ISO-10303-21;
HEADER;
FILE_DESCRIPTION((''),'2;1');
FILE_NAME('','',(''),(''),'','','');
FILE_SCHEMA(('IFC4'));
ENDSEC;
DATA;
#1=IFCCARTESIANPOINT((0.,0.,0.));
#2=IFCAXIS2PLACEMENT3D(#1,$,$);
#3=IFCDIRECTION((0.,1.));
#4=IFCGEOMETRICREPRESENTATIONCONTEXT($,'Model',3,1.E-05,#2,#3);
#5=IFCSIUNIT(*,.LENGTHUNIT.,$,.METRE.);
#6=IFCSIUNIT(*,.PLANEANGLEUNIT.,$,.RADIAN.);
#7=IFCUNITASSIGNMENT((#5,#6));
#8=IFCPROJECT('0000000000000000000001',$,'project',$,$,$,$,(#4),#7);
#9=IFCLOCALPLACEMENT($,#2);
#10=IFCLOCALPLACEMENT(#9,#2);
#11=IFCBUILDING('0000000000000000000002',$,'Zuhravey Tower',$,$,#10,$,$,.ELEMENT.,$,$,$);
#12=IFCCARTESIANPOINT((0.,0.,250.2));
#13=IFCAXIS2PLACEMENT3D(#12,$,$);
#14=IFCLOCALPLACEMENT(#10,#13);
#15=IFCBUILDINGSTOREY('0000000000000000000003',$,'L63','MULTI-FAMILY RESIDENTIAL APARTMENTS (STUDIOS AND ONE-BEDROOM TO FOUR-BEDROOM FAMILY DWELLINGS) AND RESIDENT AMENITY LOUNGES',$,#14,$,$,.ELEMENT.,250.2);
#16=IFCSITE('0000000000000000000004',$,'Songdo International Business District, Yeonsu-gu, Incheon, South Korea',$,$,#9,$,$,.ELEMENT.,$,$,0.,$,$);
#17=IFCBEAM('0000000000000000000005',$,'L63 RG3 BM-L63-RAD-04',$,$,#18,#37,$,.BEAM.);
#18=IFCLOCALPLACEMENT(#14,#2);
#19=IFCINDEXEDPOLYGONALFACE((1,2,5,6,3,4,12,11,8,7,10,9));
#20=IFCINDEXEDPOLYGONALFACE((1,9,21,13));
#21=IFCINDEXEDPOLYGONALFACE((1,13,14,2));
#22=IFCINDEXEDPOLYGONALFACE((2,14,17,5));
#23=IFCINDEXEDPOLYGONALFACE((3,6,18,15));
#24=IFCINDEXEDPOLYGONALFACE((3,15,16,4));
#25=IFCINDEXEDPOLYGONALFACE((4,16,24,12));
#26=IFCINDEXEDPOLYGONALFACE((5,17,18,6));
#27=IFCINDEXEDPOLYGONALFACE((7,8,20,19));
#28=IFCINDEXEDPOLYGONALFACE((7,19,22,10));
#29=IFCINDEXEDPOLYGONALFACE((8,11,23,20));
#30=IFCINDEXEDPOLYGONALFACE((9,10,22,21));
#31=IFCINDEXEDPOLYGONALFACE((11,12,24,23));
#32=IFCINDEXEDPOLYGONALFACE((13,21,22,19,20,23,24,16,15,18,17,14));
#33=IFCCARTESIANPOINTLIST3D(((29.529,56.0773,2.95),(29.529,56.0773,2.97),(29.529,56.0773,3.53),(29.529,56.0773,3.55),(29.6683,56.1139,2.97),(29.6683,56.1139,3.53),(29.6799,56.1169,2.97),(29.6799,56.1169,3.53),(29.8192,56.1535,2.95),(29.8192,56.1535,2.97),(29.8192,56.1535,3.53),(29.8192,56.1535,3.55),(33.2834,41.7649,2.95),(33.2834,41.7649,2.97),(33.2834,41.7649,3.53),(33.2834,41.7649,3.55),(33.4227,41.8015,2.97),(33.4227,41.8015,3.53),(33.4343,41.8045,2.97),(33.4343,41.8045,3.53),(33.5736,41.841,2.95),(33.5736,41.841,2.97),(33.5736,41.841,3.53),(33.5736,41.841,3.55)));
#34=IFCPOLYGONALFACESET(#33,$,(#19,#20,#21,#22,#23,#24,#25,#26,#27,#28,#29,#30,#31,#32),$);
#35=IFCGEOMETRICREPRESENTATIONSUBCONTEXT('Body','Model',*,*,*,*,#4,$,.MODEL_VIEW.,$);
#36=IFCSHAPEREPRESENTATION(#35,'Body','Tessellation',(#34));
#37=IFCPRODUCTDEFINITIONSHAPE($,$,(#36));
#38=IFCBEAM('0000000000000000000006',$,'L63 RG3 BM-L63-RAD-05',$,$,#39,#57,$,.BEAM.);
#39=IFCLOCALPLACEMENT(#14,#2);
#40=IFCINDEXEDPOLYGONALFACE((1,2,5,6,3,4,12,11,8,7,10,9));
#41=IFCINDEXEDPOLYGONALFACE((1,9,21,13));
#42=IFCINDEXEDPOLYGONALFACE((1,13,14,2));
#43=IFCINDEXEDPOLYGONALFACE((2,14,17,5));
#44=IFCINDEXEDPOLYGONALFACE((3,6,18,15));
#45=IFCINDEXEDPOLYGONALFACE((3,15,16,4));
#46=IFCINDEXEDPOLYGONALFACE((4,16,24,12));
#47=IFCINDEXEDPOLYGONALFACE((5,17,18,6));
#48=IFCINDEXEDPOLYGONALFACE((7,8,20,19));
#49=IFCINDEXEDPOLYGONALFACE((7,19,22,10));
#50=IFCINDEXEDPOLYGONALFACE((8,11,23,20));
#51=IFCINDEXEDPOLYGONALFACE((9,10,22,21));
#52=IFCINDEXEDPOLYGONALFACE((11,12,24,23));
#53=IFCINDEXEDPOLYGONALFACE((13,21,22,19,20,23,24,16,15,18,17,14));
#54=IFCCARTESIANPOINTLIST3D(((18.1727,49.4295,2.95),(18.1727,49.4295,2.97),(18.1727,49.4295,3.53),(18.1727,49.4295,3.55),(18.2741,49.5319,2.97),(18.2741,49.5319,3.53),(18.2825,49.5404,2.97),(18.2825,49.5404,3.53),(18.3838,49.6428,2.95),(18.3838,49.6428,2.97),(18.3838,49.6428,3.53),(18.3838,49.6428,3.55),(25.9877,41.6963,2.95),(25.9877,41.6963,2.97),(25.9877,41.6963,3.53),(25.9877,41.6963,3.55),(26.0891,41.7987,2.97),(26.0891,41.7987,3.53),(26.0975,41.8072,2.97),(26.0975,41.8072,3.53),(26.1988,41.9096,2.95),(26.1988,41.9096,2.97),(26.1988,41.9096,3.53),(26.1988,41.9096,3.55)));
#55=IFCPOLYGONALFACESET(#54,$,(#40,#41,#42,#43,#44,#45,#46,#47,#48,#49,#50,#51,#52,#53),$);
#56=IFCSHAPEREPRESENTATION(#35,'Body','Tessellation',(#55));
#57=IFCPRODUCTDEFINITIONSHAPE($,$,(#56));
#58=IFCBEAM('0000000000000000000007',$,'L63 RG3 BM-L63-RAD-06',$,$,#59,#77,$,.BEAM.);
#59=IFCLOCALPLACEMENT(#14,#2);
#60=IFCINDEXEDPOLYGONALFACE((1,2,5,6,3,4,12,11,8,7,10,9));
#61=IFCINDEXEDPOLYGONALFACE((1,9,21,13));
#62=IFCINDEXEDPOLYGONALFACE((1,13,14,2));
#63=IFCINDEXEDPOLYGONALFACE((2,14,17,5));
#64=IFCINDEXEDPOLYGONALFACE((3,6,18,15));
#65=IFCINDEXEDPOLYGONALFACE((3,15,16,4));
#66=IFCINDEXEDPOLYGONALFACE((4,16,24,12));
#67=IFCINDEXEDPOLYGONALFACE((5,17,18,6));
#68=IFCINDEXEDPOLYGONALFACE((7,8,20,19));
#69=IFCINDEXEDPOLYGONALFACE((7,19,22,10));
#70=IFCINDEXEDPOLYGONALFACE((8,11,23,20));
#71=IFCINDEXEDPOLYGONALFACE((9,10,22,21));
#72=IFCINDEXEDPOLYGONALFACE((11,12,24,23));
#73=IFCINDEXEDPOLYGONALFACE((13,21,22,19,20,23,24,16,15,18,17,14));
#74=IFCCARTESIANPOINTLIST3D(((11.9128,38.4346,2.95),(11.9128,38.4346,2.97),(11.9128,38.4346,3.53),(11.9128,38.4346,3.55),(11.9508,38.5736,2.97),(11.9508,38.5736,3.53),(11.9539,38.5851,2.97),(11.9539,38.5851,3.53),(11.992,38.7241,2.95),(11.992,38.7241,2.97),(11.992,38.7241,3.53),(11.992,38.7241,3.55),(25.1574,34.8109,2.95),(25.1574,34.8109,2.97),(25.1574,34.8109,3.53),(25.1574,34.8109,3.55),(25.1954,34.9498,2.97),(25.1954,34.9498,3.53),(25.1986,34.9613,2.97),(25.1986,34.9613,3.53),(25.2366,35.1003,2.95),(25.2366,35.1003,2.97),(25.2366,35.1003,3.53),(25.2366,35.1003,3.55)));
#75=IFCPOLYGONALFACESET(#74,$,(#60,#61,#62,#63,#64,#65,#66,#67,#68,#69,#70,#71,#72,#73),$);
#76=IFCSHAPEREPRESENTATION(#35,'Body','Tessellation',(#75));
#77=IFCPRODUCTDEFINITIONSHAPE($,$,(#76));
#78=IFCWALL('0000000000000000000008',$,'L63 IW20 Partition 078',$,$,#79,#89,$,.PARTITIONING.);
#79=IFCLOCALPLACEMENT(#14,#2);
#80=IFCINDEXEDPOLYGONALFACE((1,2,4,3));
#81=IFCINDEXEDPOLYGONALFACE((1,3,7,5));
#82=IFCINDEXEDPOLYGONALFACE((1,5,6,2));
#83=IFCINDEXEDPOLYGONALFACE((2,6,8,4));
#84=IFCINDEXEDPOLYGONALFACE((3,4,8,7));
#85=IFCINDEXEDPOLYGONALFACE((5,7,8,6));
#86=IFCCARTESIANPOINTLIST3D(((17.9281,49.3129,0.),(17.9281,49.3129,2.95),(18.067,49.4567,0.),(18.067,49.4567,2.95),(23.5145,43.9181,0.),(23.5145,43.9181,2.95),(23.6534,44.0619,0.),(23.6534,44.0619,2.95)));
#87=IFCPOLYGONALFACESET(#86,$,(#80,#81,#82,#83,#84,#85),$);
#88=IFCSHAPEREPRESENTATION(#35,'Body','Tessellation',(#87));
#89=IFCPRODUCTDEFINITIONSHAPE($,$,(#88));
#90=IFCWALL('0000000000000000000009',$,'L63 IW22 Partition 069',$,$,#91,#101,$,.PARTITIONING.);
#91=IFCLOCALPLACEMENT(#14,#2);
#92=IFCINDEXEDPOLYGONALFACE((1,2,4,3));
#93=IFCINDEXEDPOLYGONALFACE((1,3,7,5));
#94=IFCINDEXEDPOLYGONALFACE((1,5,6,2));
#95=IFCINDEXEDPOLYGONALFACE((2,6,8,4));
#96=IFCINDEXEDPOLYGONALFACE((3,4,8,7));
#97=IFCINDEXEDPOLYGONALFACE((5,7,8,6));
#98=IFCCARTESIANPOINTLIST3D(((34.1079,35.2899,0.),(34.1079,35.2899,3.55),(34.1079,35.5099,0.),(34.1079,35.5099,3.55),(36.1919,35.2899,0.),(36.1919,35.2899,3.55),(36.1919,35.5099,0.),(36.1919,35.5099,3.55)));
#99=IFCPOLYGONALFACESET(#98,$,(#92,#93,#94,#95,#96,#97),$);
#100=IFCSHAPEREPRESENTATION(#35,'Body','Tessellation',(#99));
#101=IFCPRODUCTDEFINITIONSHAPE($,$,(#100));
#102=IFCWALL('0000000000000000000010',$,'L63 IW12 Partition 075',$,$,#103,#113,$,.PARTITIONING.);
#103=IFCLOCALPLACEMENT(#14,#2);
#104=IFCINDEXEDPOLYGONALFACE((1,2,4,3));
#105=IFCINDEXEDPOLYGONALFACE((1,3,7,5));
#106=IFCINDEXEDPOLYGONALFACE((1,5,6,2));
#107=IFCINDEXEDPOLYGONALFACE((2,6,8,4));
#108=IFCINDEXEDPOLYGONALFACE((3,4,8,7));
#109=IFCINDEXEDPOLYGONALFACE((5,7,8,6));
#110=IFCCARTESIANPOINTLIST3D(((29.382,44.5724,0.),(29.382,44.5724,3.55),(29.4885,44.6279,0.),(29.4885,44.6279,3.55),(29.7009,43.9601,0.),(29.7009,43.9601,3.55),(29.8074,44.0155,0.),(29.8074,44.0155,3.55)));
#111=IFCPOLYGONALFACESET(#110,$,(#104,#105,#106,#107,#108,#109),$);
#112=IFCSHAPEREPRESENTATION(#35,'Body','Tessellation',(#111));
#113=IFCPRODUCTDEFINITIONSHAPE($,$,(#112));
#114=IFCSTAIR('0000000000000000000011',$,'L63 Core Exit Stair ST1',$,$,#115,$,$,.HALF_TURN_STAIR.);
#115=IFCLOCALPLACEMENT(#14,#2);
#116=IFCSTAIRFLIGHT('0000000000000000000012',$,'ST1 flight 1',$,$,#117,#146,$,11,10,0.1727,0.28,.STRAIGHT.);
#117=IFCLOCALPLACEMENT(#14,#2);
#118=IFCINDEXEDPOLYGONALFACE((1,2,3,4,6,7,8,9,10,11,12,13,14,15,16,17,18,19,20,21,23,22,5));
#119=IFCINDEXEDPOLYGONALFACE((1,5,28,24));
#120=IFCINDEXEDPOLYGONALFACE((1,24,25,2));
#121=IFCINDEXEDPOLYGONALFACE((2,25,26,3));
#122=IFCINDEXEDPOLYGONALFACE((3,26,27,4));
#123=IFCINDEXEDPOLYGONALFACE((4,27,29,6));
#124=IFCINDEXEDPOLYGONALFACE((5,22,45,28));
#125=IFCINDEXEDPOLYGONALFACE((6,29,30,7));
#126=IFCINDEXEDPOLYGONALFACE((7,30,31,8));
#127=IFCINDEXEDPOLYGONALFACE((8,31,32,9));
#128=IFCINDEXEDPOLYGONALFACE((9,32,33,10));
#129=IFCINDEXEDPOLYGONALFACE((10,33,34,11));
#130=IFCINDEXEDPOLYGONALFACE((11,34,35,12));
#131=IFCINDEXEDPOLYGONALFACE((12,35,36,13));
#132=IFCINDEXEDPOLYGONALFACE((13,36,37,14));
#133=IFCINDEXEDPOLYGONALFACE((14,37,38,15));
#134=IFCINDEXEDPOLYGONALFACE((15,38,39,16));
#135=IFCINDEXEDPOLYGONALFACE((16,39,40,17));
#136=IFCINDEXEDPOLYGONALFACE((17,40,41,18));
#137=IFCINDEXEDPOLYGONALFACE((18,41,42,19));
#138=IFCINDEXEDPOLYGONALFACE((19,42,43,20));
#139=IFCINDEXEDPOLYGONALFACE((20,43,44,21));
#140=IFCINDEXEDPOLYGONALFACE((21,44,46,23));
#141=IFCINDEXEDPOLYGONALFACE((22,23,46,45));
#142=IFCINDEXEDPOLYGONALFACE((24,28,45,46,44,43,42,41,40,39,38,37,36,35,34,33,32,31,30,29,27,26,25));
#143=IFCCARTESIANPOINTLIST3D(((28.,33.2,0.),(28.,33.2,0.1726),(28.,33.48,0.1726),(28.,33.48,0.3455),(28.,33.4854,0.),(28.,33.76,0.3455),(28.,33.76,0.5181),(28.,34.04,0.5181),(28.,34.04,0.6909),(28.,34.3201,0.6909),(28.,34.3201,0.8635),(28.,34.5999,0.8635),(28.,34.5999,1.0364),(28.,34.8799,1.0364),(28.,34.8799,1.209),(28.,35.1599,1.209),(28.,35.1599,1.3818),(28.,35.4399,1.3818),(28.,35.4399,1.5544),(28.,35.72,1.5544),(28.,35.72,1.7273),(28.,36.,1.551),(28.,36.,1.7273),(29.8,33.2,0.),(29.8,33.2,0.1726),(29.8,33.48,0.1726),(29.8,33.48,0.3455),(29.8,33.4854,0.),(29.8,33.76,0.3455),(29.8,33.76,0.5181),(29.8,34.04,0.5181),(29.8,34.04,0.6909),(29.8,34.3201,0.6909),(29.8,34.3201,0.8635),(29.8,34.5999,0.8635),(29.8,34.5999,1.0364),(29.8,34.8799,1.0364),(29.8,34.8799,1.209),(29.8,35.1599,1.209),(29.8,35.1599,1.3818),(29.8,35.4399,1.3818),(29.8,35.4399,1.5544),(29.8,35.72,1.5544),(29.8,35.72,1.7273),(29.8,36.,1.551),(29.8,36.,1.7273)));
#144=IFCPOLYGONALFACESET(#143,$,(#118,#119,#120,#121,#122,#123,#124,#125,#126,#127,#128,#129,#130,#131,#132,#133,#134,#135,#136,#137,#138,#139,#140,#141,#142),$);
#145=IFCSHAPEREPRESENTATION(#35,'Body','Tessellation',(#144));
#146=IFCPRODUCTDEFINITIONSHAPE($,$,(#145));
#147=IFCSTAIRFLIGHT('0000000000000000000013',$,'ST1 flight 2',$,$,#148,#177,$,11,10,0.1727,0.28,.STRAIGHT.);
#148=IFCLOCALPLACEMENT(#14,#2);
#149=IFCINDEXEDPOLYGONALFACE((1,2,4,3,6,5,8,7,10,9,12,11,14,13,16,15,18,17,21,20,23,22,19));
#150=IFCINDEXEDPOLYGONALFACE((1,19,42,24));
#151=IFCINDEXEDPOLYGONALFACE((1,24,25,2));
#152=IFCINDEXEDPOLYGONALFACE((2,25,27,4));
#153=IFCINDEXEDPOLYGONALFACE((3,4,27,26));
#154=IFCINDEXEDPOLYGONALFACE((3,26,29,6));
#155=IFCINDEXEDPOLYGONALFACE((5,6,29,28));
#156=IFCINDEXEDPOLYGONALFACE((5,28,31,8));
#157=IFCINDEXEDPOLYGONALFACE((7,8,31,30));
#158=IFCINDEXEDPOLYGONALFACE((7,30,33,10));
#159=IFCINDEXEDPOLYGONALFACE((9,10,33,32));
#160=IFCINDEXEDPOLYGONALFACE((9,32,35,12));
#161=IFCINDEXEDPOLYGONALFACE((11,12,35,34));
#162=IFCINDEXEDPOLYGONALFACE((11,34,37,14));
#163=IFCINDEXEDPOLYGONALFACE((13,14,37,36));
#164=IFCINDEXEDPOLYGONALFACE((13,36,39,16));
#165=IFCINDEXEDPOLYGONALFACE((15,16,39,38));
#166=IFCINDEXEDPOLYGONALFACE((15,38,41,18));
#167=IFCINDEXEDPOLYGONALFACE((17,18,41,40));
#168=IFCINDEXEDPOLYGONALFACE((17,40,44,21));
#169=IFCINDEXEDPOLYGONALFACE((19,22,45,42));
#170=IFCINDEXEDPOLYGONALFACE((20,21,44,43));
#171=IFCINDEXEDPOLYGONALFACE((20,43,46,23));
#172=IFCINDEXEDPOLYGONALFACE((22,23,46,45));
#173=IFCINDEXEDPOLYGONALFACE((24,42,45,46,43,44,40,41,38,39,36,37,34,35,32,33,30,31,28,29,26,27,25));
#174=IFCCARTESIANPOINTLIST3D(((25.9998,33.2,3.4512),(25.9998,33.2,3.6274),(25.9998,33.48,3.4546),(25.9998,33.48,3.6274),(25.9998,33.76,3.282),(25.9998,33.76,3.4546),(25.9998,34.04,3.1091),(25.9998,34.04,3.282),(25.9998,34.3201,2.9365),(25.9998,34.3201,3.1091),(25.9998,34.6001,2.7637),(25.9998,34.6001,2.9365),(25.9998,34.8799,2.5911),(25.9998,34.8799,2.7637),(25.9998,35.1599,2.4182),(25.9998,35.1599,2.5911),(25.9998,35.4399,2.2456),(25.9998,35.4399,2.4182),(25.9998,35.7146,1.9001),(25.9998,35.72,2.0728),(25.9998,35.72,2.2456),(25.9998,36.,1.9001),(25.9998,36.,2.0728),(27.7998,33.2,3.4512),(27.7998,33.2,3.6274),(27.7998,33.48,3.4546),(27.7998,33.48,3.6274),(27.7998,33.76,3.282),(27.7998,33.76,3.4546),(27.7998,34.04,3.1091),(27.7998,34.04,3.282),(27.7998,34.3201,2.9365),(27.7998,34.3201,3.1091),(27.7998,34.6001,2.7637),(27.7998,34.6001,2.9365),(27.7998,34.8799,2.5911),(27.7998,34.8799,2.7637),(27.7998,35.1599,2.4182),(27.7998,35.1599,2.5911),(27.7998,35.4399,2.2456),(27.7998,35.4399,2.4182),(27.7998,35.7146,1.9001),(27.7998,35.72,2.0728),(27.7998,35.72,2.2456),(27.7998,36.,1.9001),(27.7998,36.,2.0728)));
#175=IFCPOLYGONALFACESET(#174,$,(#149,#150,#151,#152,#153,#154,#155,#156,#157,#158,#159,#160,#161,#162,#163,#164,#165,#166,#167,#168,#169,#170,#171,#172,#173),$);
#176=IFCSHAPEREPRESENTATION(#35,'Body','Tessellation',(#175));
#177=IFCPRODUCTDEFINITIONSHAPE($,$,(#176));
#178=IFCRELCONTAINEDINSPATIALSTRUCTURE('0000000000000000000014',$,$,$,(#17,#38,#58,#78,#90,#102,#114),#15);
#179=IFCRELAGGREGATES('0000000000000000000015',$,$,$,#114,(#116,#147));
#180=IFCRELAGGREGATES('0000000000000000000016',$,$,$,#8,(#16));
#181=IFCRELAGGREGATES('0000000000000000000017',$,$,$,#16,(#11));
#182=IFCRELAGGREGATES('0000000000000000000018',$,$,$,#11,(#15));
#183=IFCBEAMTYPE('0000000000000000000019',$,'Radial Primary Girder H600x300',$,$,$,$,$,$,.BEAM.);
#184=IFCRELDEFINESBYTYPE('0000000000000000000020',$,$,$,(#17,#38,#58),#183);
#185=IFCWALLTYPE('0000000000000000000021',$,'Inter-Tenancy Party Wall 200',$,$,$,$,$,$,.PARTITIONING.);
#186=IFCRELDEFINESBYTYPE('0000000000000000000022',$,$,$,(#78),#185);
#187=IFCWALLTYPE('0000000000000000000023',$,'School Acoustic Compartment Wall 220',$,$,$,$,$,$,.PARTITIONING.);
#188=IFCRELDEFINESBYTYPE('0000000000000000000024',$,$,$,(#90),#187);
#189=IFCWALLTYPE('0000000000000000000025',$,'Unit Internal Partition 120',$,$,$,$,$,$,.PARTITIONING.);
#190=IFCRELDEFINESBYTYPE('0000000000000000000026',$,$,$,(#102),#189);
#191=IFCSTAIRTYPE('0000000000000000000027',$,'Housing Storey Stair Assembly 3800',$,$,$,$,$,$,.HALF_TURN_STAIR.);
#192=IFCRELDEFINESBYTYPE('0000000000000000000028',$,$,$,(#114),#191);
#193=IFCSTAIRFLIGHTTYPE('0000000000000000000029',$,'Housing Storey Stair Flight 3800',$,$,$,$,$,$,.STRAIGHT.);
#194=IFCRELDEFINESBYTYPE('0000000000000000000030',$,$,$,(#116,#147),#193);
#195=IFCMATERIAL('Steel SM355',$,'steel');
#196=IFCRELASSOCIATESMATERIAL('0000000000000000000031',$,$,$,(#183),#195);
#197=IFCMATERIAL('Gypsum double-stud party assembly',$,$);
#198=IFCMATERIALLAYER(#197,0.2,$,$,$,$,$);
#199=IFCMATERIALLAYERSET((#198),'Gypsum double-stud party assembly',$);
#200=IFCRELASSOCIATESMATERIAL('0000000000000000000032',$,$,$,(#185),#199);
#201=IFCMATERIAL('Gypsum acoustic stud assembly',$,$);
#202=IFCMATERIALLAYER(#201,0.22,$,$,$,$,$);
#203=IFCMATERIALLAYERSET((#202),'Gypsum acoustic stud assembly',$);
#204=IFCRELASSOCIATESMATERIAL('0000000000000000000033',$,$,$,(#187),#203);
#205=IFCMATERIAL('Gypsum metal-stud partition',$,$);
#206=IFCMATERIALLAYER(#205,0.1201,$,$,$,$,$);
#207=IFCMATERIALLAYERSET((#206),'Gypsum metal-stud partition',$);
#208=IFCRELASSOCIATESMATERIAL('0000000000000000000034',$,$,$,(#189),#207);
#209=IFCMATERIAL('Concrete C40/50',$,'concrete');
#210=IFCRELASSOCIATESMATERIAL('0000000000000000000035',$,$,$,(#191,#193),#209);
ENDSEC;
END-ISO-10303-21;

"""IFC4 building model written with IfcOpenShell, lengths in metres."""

from ifc_helpers import new_model, si_unit, direction, frame, frame_2d, origin, origin_2d, place, context, subcontext, project, spatial, polyline, rectangle, i_section, outline, extrude, material, layer, layer_set, material_profile, profile_set, type_object, element, aggregate, save


model = new_model("IFC4")

# Units and contexts
model_context = context("Model", 3, precision=1e-05, world=origin(), true_north=direction((0.0, 1.0)))
body_context = subcontext(model_context, "Body", "Model", "MODEL_VIEW")
ifc_project = project(units=[si_unit("LENGTHUNIT", "METRE"), si_unit("PLANEANGLEUNIT", "RADIAN")], contexts=[model_context])

# Site, building, storey
site_placement = place(None, origin())
site = spatial("IfcSite", under=ifc_project, at=site_placement, Name="Songdo International Business District, Yeonsu-gu, Incheon, South Korea", CompositionType="ELEMENT", RefElevation=0.0)
building_placement = place(site_placement, origin())
building = spatial("IfcBuilding", under=site, at=building_placement, Name="Zuhravey Tower", CompositionType="ELEMENT")
storey_placement = place(building_placement, frame((0.0, 0.0, 250.2)))
storey = spatial("IfcBuildingStorey", under=building, at=storey_placement, Name="L63", Description="MULTI-FAMILY RESIDENTIAL APARTMENTS (STUDIOS AND ONE-BEDROOM TO FOUR-BEDROOM FAMILY DWELLINGS) AND RESIDENT AMENITY LOUNGES", CompositionType="ELEMENT", Elevation=250.2)

# Beams
ifc_material_1 = material(Name="Steel SM355", Category="steel")
ifc_material_profile = material_profile(ifc_material_1, i_section(OverallWidth=0.3, OverallDepth=0.6001, WebThickness=0.012, FlangeThickness=0.02, at=origin_2d()), Name="H-600x300x12x20")
ifc_profile_set = profile_set([ifc_material_profile], Name="Steel SM355")
beam_type = type_object("IfcBeamType", Name="Radial Primary Girder H600x300", PredefinedType="BEAM", material=ifc_profile_set)
beam_1_placement = place(storey_placement, frame((33.4285, 41.803, 3.25), z_axis=(-0.253731, 0.967275, 0.0), x_axis=(-0.967275, -0.253731, 0.0)))
element("IfcBeam", 1, at=beam_1_placement, inside=storey, type_object=beam_type, Name="L63 RG3 BM-L63-RAD-04", PredefinedType="BEAM", context=body_context, shape_type="SweptSolid", body=[
    extrude(i_section(OverallWidth=0.3, OverallDepth=0.6001, WebThickness=0.012, FlangeThickness=0.02, at=origin_2d()), origin(), (0.0, 0.0, 1.0), 14.7966),
])
beam_2_placement = place(storey_placement, frame((26.0933, 41.803, 3.25), z_axis=(-0.710817, 0.703377, 0.0), x_axis=(-0.703377, -0.710817, 0.0)))
element("IfcBeam", 2, at=beam_2_placement, inside=storey, type_object=beam_type, Name="L63 RG3 BM-L63-RAD-05", PredefinedType="BEAM", context=body_context, shape_type="SweptSolid", body=[
    extrude(i_section(OverallWidth=0.3, OverallDepth=0.6001, WebThickness=0.012, FlangeThickness=0.02, at=origin_2d()), origin(), (0.0, 0.0, 1.0), 10.9944),
])
beam_3_placement = place(storey_placement, frame((25.197, 34.9556, 3.25), z_axis=(-0.964549, 0.263904, 0.0), x_axis=(-0.263904, -0.964549, 0.0)))
element("IfcBeam", 3, at=beam_3_placement, inside=storey, type_object=beam_type, Name="L63 RG3 BM-L63-RAD-06", PredefinedType="BEAM", context=body_context, shape_type="SweptSolid", body=[
    extrude(i_section(OverallWidth=0.3, OverallDepth=0.6001, WebThickness=0.012, FlangeThickness=0.02, at=origin_2d()), origin(), (0.0, 0.0, 1.0), 13.7314),
])

# Walls
ifc_material_2 = material(Name="Gypsum double-stud party assembly")
ifc_layer_1 = layer(ifc_material_2, 0.2)
ifc_layer_set_1 = layer_set([ifc_layer_1], Name="Gypsum double-stud party assembly")
wall_type_1 = type_object("IfcWallType", Name="Inter-Tenancy Party Wall 200", PredefinedType="PARTITIONING", material=ifc_layer_set_1)
wall_1_placement = place(storey_placement, frame((23.584, 43.99, 0.0), z_axis=(0.0, 0.0, 1.0), x_axis=(-0.719338, 0.69466, 0.0)))
element("IfcWall", 4, at=wall_1_placement, inside=storey, type_object=wall_type_1, Name="L63 IW20 Partition 078", PredefinedType="PARTITIONING", context=body_context, shape_type="SweptSolid", body=[
    extrude(rectangle(XDim=7.7661, YDim=0.2, at=frame_2d((3.8831, 0.0))), origin(), (0.0, 0.0, 1.0), 2.95),
])
ifc_material_3 = material(Name="Gypsum acoustic stud assembly")
ifc_layer_2 = layer(ifc_material_3, 0.22)
ifc_layer_set_2 = layer_set([ifc_layer_2], Name="Gypsum acoustic stud assembly")
wall_type_2 = type_object("IfcWallType", Name="School Acoustic Compartment Wall 220", PredefinedType="PARTITIONING", material=ifc_layer_set_2)
wall_2_placement = place(storey_placement, frame((34.1079, 35.3999, 0.0), z_axis=(0.0, 0.0, 1.0), x_axis=(1.0, 0.0, 0.0)))
element("IfcWall", 5, at=wall_2_placement, inside=storey, type_object=wall_type_2, Name="L63 IW22 Partition 069", PredefinedType="PARTITIONING", context=body_context, shape_type="SweptSolid", body=[
    extrude(rectangle(XDim=2.084, YDim=0.22, at=frame_2d((1.042, 0.0))), origin(), (0.0, 0.0, 1.0), 3.55),
])
ifc_material_4 = material(Name="Gypsum metal-stud partition")
ifc_layer_3 = layer(ifc_material_4, 0.1201)
ifc_layer_set_3 = layer_set([ifc_layer_3], Name="Gypsum metal-stud partition")
wall_type_3 = type_object("IfcWallType", Name="Unit Internal Partition 120", PredefinedType="PARTITIONING", material=ifc_layer_set_3)
wall_3_placement = place(storey_placement, frame((29.7542, 43.9878, 0.0), z_axis=(0.0, 0.0, 1.0), x_axis=(-0.461865, 0.88695, 0.0)))
element("IfcWall", 6, at=wall_3_placement, inside=storey, type_object=wall_type_3, Name="L63 IW12 Partition 075", PredefinedType="PARTITIONING", context=body_context, shape_type="SweptSolid", body=[
    extrude(rectangle(XDim=0.6904, YDim=0.1201, at=frame_2d((0.3452, 0.0))), origin(), (0.0, 0.0, 1.0), 3.55),
])

# Stair, stair flights
ifc_material_5 = material(Name="Concrete C40/50", Category="concrete")
stair_type = type_object("IfcStairType", Name="Housing Storey Stair Assembly 3800", PredefinedType="HALF_TURN_STAIR", material=ifc_material_5)
stair_1_placement = place(storey_placement, origin())
stair_1 = element("IfcStair", 7, at=stair_1_placement, inside=storey, type_object=stair_type, Name="L63 Core Exit Stair ST1", PredefinedType="HALF_TURN_STAIR")
stair_flight_type = type_object("IfcStairFlightType", Name="Housing Storey Stair Flight 3800", PredefinedType="STRAIGHT", material=ifc_material_5)
stair_flight_1_placement = place(storey_placement, frame((28.8999, 33.2, 0.0), z_axis=(0.0, 0.0, 1.0), x_axis=(0.0, 1.0, 0.0)))
stair_flight_1 = element("IfcStairFlight", 8, at=stair_flight_1_placement, type_object=stair_flight_type, Name="ST1 flight 1", NumberOfRisers=11, NumberOfTreads=10, PredefinedType="STRAIGHT", RiserHeight=0.1727, TreadLength=0.28, context=body_context, shape_type="SweptSolid", body=[
    extrude(outline(polyline([(0.0, 0.0), (0.0, 0.1726), (0.28, 0.1726), (0.28, 0.3455), (0.5601, 0.3455), (0.5601, 0.5181), (0.8401, 0.5181), (0.8401, 0.6909), (1.1201, 0.6909), (1.1201, 0.8635), (1.3999, 0.8635), (1.3999, 1.0364), (1.6799, 1.0364), (1.6799, 1.209), (1.96, 1.209), (1.96, 1.3818), (2.24, 1.3818), (2.24, 1.5544), (2.52, 1.5544), (2.52, 1.7273), (2.8, 1.7273), (2.8, 1.8999), (2.8, 1.551), (0.2854, 0.0), (0.0, 0.0)])), frame((0.0, 0.8999, 0.0), z_axis=(0.0, -1.0, 0.0), x_axis=(1.0, 0.0, 0.0)), (0.0, 0.0, 1.0), 1.8),
])
stair_flight_2_placement = place(storey_placement, frame((26.8999, 36.0, 1.9001), z_axis=(0.0, 0.0, 1.0), x_axis=(0.0, -1.0, 0.0)))
stair_flight_2 = element("IfcStairFlight", 9, at=stair_flight_2_placement, type_object=stair_flight_type, Name="ST1 flight 2", NumberOfRisers=11, NumberOfTreads=10, PredefinedType="STRAIGHT", RiserHeight=0.1727, TreadLength=0.28, context=body_context, shape_type="SweptSolid", body=[
    extrude(outline(polyline([(0.0, 0.0), (0.0, 0.1726), (0.28, 0.1726), (0.28, 0.3455), (0.5601, 0.3455), (0.5601, 0.5181), (0.8401, 0.5181), (0.8401, 0.6909), (1.1201, 0.6909), (1.1201, 0.8635), (1.3999, 0.8635), (1.3999, 1.0364), (1.6799, 1.0364), (1.6799, 1.209), (1.96, 1.209), (1.96, 1.3818), (2.24, 1.3818), (2.24, 1.5544), (2.52, 1.5544), (2.52, 1.7273), (2.8, 1.7273), (2.8, 1.8999), (2.8, 1.551), (0.2854, 0.0), (0.0, 0.0)])), frame((0.0, 0.8999, 0.0), z_axis=(0.0, -1.0, 0.0), x_axis=(1.0, 0.0, 0.0)), (0.0, 0.0, 1.0), 1.8),
])
aggregate(stair_1, [stair_flight_1, stair_flight_2])

save(model, "model.ifc")
